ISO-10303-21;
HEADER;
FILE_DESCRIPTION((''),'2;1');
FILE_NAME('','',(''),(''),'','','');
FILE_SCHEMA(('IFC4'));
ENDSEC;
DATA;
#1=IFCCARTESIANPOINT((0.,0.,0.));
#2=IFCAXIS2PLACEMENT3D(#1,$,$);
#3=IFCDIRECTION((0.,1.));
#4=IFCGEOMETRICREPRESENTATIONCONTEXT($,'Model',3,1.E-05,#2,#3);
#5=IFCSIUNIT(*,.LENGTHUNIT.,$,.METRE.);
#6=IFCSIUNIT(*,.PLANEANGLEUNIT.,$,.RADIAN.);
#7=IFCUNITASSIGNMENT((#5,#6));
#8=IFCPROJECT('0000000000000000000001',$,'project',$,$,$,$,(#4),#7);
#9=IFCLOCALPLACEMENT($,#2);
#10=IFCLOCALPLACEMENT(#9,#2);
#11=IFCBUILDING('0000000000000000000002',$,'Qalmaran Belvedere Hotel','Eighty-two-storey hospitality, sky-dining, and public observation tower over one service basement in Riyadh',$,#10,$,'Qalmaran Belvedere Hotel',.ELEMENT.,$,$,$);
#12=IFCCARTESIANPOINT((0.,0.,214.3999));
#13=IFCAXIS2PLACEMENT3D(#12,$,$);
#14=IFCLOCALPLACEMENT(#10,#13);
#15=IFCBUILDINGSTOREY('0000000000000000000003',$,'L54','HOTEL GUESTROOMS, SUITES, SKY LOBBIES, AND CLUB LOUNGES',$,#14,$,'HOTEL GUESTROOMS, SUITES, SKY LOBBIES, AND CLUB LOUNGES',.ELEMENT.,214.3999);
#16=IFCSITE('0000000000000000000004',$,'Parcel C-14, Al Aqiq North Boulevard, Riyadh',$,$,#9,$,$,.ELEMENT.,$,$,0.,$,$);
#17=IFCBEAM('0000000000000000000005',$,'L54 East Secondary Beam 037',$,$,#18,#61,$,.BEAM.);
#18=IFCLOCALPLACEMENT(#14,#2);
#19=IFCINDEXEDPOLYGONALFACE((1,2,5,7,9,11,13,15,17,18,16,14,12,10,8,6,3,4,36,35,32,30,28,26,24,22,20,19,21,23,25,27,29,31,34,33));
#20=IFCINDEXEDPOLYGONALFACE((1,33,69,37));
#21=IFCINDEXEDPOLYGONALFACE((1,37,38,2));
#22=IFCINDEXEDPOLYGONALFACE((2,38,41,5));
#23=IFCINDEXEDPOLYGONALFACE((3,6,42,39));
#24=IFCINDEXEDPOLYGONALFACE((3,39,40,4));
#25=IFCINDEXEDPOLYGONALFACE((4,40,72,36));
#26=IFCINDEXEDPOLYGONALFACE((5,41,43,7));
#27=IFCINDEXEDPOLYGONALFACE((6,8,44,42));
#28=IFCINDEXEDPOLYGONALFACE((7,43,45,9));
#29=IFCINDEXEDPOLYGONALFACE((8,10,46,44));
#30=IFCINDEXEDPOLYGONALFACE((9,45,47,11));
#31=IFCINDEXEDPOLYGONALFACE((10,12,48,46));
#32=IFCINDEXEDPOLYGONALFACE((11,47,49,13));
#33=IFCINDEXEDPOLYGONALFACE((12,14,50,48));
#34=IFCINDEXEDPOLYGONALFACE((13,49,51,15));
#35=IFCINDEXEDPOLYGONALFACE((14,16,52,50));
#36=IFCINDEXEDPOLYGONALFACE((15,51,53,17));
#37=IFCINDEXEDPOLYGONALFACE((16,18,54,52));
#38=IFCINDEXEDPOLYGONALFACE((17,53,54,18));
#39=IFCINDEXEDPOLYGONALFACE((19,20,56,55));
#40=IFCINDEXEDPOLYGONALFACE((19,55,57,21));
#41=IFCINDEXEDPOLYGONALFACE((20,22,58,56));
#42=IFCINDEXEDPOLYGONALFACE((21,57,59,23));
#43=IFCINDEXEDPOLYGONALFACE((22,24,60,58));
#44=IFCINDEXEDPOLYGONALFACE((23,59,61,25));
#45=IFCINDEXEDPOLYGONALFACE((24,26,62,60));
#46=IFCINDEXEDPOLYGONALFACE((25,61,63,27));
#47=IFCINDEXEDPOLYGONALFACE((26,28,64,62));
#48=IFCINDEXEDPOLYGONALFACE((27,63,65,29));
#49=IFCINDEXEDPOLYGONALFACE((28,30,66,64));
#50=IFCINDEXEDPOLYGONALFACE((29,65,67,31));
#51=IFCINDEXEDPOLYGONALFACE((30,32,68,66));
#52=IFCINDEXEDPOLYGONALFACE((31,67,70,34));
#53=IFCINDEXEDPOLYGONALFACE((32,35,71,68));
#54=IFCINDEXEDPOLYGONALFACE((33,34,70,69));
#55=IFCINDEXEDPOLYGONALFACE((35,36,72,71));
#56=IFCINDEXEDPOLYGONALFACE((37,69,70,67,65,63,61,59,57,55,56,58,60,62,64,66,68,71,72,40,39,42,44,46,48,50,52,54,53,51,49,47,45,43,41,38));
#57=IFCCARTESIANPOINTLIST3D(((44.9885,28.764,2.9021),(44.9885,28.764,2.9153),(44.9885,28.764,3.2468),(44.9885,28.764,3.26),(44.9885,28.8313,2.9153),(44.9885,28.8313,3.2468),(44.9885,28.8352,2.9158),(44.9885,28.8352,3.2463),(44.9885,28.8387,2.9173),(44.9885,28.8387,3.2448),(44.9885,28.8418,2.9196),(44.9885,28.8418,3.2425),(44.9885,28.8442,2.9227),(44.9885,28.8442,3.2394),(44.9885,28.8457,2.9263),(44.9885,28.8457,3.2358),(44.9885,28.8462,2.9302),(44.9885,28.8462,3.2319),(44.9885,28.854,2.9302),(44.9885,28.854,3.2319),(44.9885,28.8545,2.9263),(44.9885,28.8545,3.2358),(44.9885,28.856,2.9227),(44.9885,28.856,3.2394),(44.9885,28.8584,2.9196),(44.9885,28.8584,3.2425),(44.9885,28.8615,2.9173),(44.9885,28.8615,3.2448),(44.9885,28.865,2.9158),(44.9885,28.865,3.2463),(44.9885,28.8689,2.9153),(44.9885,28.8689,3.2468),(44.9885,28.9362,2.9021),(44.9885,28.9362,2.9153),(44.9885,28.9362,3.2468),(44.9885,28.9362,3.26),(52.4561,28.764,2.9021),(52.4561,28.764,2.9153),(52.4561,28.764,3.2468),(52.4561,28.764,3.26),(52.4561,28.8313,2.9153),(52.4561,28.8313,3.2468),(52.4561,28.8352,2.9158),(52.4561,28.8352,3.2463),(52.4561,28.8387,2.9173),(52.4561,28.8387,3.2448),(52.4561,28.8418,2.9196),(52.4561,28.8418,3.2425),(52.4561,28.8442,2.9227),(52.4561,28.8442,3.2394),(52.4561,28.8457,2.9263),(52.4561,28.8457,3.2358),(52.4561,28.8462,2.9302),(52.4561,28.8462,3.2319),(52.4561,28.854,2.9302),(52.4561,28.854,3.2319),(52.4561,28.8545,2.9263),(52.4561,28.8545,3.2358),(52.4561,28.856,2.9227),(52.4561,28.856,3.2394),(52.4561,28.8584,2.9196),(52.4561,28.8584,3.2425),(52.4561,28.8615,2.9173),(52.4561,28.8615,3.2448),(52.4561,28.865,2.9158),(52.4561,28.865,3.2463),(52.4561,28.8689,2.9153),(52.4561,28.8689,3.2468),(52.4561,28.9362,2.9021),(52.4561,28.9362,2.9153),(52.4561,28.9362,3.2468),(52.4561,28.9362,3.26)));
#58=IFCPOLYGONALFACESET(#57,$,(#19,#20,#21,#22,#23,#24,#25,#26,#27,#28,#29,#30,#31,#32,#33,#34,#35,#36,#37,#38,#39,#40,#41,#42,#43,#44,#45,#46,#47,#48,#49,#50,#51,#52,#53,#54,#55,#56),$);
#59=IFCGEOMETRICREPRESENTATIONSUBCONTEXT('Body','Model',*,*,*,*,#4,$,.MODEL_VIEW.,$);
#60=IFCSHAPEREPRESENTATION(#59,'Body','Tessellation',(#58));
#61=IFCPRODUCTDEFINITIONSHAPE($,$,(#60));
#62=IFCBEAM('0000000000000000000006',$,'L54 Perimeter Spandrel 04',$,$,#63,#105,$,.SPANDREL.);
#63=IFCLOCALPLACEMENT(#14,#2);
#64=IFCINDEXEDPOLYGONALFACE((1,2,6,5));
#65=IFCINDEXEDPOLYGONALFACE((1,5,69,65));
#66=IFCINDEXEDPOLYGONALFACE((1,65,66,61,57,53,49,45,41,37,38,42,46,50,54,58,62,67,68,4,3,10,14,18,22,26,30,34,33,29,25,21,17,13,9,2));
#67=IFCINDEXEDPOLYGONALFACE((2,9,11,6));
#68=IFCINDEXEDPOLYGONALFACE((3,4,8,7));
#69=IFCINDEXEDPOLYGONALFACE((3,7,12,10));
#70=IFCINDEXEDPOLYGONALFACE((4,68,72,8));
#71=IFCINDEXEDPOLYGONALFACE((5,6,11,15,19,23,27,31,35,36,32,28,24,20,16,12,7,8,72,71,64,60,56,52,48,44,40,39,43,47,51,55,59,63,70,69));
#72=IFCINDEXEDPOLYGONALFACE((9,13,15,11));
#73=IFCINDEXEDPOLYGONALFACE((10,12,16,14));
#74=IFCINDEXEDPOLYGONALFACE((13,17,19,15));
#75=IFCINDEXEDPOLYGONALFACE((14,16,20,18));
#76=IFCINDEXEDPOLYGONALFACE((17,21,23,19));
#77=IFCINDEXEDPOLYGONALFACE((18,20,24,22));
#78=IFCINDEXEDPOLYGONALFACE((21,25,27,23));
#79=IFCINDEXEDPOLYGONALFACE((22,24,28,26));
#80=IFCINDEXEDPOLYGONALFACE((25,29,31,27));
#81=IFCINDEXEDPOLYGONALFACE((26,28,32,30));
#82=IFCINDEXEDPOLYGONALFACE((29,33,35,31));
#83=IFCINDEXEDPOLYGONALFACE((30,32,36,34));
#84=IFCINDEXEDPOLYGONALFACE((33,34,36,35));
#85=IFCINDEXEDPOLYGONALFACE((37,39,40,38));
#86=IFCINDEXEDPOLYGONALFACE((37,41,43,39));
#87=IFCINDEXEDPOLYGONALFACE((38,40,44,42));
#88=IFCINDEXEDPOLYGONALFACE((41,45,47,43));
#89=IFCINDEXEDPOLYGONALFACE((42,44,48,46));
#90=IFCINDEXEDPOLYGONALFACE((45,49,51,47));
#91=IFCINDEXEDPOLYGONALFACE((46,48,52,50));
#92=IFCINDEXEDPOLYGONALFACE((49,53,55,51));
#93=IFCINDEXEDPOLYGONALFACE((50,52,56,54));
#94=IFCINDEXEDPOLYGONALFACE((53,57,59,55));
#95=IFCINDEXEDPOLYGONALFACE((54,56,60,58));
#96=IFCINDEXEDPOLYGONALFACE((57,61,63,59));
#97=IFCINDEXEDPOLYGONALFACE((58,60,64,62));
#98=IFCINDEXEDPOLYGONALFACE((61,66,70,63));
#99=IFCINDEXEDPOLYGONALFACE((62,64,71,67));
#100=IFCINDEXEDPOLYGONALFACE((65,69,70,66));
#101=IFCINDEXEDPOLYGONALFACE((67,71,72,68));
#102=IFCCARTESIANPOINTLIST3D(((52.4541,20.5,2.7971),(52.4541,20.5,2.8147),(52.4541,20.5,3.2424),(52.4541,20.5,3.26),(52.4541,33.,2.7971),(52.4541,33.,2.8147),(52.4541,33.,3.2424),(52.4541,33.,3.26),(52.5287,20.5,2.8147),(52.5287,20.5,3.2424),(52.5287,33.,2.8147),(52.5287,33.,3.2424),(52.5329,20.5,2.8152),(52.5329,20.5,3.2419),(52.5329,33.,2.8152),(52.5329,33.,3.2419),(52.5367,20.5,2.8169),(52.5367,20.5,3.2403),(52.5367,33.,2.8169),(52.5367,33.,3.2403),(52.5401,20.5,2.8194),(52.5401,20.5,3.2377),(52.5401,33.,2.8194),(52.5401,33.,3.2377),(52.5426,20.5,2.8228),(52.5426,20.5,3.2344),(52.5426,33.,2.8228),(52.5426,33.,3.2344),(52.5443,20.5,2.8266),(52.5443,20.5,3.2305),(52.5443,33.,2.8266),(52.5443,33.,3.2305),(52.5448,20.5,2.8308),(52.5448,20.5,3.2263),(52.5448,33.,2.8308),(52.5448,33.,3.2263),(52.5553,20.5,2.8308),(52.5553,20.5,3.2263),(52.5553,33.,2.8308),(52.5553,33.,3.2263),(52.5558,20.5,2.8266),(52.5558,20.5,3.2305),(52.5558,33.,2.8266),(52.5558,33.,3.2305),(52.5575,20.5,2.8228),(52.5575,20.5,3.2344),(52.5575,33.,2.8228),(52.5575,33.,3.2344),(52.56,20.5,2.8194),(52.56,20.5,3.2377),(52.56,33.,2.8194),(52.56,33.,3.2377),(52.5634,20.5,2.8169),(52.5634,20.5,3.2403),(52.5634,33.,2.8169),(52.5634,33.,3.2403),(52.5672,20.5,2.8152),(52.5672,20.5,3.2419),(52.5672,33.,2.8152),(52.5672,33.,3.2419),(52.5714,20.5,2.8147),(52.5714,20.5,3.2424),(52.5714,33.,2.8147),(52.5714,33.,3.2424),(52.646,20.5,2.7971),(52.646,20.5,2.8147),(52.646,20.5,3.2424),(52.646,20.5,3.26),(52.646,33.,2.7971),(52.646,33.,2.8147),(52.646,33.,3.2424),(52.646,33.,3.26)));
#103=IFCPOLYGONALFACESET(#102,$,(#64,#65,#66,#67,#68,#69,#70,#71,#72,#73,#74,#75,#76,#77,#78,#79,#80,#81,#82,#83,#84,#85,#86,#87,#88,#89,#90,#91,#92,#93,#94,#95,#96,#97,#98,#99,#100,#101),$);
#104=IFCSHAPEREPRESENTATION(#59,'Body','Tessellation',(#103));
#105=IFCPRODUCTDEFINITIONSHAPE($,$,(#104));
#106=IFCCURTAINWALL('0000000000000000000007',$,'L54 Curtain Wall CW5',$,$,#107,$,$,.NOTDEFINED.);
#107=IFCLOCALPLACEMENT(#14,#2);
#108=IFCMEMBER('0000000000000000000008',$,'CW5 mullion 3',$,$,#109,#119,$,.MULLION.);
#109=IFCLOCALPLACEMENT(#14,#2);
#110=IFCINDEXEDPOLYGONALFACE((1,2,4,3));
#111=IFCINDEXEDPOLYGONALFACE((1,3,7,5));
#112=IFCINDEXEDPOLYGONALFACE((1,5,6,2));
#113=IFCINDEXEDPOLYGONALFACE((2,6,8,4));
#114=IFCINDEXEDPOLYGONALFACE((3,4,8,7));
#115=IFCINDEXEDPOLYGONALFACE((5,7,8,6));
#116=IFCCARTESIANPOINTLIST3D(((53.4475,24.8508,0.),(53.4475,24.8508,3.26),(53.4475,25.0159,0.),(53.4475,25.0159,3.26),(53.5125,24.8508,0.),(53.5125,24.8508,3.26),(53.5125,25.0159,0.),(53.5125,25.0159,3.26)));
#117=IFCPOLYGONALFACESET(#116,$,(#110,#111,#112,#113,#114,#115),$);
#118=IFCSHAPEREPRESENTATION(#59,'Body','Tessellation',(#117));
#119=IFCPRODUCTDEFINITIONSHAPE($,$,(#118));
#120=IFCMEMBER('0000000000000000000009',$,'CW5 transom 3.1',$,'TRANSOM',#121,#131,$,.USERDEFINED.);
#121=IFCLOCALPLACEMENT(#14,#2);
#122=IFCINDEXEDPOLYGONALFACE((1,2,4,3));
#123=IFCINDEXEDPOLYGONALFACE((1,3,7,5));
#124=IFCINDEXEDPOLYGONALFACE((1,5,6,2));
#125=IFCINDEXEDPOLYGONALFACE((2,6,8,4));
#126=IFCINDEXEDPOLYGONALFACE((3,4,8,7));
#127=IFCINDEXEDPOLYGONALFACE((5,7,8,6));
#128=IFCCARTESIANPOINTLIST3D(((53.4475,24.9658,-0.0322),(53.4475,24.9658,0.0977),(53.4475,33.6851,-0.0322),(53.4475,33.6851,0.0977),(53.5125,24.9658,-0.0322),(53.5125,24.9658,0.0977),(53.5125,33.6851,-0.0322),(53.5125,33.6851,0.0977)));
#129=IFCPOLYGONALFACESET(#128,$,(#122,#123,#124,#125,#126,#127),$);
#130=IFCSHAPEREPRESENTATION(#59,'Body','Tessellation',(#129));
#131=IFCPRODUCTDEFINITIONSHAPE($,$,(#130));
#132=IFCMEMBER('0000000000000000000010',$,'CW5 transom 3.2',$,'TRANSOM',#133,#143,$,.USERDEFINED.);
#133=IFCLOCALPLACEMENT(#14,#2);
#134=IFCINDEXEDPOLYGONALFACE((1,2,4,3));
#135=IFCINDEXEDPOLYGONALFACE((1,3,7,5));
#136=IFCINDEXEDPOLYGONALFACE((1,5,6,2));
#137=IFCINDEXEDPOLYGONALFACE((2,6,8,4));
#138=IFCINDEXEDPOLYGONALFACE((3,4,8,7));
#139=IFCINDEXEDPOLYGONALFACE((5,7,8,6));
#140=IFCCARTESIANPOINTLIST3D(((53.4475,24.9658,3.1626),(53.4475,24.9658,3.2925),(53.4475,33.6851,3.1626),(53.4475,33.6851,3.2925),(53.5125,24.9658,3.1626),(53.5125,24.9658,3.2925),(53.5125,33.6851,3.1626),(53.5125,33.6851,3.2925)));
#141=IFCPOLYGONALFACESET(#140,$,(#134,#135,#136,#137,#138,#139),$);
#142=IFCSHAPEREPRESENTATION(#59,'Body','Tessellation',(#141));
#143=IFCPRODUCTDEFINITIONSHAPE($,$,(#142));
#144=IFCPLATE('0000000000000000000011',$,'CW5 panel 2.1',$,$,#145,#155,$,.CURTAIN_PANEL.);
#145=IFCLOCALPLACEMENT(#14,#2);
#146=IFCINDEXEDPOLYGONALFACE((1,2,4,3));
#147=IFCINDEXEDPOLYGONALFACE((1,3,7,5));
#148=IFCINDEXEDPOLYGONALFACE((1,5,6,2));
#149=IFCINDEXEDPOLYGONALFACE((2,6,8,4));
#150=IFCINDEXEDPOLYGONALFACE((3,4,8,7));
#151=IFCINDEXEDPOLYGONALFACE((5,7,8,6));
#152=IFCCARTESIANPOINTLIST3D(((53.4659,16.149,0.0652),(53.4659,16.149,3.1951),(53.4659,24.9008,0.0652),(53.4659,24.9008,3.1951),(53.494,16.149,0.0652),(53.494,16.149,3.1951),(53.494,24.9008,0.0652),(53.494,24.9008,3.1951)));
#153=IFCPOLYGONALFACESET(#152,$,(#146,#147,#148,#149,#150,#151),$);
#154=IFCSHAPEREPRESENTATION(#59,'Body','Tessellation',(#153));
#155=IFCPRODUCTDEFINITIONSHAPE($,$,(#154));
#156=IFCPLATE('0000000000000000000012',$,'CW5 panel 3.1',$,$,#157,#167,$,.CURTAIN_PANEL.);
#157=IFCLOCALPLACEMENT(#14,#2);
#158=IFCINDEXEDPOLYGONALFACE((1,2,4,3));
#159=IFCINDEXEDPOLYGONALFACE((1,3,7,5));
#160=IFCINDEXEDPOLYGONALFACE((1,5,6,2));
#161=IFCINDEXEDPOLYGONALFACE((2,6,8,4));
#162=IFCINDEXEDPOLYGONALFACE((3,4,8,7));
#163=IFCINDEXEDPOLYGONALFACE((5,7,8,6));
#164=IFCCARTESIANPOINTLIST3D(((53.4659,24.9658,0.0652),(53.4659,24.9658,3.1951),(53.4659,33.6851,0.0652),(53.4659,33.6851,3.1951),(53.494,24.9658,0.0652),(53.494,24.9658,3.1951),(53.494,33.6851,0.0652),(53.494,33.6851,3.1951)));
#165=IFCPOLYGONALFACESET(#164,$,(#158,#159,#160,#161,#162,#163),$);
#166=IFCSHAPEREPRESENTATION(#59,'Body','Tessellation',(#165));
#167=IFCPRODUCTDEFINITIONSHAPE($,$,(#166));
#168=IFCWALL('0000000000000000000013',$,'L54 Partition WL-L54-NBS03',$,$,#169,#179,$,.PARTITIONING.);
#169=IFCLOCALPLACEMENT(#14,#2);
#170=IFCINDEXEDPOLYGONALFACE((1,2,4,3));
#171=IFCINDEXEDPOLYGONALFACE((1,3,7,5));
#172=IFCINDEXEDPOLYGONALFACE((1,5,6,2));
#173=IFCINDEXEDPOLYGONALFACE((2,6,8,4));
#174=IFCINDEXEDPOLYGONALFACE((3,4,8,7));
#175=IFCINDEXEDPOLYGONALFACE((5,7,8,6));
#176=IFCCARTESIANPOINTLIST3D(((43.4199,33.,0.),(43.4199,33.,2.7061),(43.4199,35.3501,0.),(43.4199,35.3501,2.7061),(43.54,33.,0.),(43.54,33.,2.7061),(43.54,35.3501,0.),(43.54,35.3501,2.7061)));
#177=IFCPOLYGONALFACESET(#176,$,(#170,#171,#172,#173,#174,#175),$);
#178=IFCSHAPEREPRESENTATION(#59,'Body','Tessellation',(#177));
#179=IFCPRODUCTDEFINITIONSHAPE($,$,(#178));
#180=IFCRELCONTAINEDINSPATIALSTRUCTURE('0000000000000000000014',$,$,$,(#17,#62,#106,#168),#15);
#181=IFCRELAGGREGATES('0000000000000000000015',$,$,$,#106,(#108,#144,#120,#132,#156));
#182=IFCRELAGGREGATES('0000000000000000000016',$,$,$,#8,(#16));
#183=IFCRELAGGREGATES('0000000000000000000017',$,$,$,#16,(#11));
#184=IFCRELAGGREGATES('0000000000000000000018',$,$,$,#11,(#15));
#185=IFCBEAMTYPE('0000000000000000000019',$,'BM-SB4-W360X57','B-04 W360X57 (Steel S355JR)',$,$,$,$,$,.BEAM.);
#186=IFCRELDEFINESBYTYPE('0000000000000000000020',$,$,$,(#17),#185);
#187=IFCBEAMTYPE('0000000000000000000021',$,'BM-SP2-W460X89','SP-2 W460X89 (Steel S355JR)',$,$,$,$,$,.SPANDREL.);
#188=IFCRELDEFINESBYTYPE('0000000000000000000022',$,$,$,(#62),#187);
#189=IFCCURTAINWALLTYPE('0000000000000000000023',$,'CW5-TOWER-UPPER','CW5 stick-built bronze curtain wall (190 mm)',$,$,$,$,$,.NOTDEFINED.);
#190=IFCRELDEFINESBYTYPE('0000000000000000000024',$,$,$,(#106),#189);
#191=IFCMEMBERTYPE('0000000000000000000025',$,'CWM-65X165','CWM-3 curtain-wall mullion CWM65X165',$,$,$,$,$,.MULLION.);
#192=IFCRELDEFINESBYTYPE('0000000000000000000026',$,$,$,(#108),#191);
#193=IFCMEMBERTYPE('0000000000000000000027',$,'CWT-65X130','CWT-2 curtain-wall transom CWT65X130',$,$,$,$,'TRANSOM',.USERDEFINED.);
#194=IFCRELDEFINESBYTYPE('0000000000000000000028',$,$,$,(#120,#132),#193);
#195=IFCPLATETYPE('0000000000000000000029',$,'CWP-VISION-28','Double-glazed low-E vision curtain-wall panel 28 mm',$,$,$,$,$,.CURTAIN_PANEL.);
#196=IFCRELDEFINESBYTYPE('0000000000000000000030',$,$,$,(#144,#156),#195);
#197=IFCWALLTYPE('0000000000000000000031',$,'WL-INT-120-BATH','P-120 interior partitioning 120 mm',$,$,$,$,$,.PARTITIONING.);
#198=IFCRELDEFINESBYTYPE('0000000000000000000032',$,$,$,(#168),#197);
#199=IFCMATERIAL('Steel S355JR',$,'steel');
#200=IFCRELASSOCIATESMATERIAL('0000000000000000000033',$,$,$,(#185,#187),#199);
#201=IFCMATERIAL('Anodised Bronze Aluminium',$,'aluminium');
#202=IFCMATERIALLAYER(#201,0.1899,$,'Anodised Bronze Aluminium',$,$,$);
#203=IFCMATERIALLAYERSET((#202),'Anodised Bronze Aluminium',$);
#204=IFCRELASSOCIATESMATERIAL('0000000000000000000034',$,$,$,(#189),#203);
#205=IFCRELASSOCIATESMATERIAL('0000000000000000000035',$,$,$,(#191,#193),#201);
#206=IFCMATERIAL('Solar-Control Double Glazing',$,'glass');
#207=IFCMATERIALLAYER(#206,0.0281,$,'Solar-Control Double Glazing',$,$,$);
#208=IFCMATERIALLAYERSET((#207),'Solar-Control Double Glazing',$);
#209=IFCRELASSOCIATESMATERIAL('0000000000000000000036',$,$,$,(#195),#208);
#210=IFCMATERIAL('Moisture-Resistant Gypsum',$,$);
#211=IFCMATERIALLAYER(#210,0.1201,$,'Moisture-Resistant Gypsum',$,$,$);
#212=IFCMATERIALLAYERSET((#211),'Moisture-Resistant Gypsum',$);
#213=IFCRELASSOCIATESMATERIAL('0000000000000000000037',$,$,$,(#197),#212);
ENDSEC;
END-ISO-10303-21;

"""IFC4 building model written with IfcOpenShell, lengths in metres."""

from ifc_helpers import new_model, si_unit, direction, frame, frame_2d, origin, origin_2d, place, context, subcontext, project, spatial, rectangle, i_section, extrude, material, layer, layer_set, material_profile, profile_set, type_object, element, aggregate, save


model = new_model("IFC4")

# Units and contexts
model_context = context("Model", 3, precision=1e-05, world=origin(), true_north=direction((0.0, 1.0)))
body_context = subcontext(model_context, "Body", "Model", "MODEL_VIEW")
ifc_project = project(units=[si_unit("LENGTHUNIT", "METRE"), si_unit("PLANEANGLEUNIT", "RADIAN")], contexts=[model_context])

# Site, building, storey
site_placement = place(None, origin())
site = spatial("IfcSite", under=ifc_project, at=site_placement, Name="Parcel C-14, Al Aqiq North Boulevard, Riyadh", CompositionType="ELEMENT", RefElevation=0.0)
building_placement = place(site_placement, origin())
building = spatial("IfcBuilding", under=site, at=building_placement, Name="Qalmaran Belvedere Hotel", Description="Eighty-two-storey hospitality, sky-dining, and public observation tower over one service basement in Riyadh", LongName="Qalmaran Belvedere Hotel", CompositionType="ELEMENT")
storey_placement = place(building_placement, frame((0.0, 0.0, 214.3999)))
storey = spatial("IfcBuildingStorey", under=building, at=storey_placement, Name="L54", Description="HOTEL GUESTROOMS, SUITES, SKY LOBBIES, AND CLUB LOUNGES", LongName="HOTEL GUESTROOMS, SUITES, SKY LOBBIES, AND CLUB LOUNGES", CompositionType="ELEMENT", Elevation=214.3999)

# Beams
ifc_material_1 = material(Name="Steel S355JR", Category="steel")
ifc_material_profile_1 = material_profile(ifc_material_1, i_section(OverallWidth=0.1721, OverallDepth=0.3579, WebThickness=0.0078, FlangeThickness=0.0132, FilletRadius=0.0149, at=origin_2d()), Name="W360X57")
ifc_profile_set_1 = profile_set([ifc_material_profile_1], Name="Steel S355JR")
beam_type_1 = type_object("IfcBeamType", Name="BM-SB4-W360X57", Description="B-04 W360X57 (Steel S355JR)", PredefinedType="BEAM", material=ifc_profile_set_1)
for number, where, z_axis, x_axis, name in (
    (1, (44.9885, 28.8501, 3.0811), (1.0, 0.0, 0.0), (0.0, 1.0, 0.0), "L54 East Secondary Beam 037"),
):
    element("IfcBeam", number, at=place(storey_placement, frame(where, z_axis=z_axis, x_axis=x_axis)), inside=storey, type_object=beam_type_1, Name=name, PredefinedType="BEAM", context=body_context, shape_type="SweptSolid", body=[
        extrude(i_section(OverallWidth=0.1721, OverallDepth=0.3579, WebThickness=0.0078, FlangeThickness=0.0132, FilletRadius=0.0149, at=origin_2d()), origin(), (0.0, 0.0, 1.0), 7.4675),
    ])
ifc_material_profile_2 = material_profile(ifc_material_1, i_section(OverallWidth=0.1919, OverallDepth=0.4629, WebThickness=0.0105, FlangeThickness=0.0176, FilletRadius=0.0161, at=origin_2d()), Name="W460X89")
ifc_profile_set_2 = profile_set([ifc_material_profile_2], Name="Steel S355JR")
beam_type_2 = type_object("IfcBeamType", Name="BM-SP2-W460X89", Description="SP-2 W460X89 (Steel S355JR)", PredefinedType="SPANDREL", material=ifc_profile_set_2)
beam_1_placement = place(storey_placement, frame((52.55, 20.5, 3.0286), z_axis=(0.0, 1.0, 0.0), x_axis=(-1.0, 0.0, 0.0)))
element("IfcBeam", 2, at=beam_1_placement, inside=storey, type_object=beam_type_2, Name="L54 Perimeter Spandrel 04", PredefinedType="SPANDREL", context=body_context, shape_type="SweptSolid", body=[
    extrude(i_section(OverallWidth=0.1919, OverallDepth=0.4629, WebThickness=0.0105, FlangeThickness=0.0176, FilletRadius=0.0161, at=origin_2d()), origin(), (0.0, 0.0, 1.0), 12.5),
])

# Curtain wall, members, plates
ifc_material_2 = material(Name="Anodised Bronze Aluminium", Category="aluminium")
ifc_layer_1 = layer(ifc_material_2, 0.1899, Name="Anodised Bronze Aluminium")
ifc_layer_set_1 = layer_set([ifc_layer_1], Name="Anodised Bronze Aluminium")
curtain_wall_type = type_object("IfcCurtainWallType", Name="CW5-TOWER-UPPER", Description="CW5 stick-built bronze curtain wall (190 mm)", PredefinedType="NOTDEFINED", material=ifc_layer_set_1)
curtain_wall_placement = place(storey_placement, origin())
curtain_wall = element("IfcCurtainWall", 3, at=curtain_wall_placement, inside=storey, type_object=curtain_wall_type, Name="L54 Curtain Wall CW5", PredefinedType="NOTDEFINED")
ifc_material_profile_3 = material_profile(ifc_material_2, rectangle(XDim=0.0649, YDim=0.165, at=origin_2d()), Name="CWM65X165")
ifc_profile_set_3 = profile_set([ifc_material_profile_3], Name="Anodised Bronze Aluminium")
member_type_1 = type_object("IfcMemberType", Name="CWM-65X165", Description="CWM-3 curtain-wall mullion CWM65X165", PredefinedType="MULLION", material=ifc_profile_set_3)
member_1_placement = place(storey_placement, frame((53.48, 24.9333, 0.0), z_axis=(0.0, 0.0, 1.0), x_axis=(-1.0, 0.0, 0.0)))
member_1 = element("IfcMember", 4, at=member_1_placement, type_object=member_type_1, Name="CW5 mullion 3", PredefinedType="MULLION", context=body_context, shape_type="SweptSolid", body=[
    extrude(rectangle(XDim=0.0649, YDim=0.165, at=origin_2d()), origin(), (0.0, 0.0, 1.0), 3.26),
])
ifc_material_profile_4 = material_profile(ifc_material_2, rectangle(XDim=0.0649, YDim=0.1299, at=origin_2d()), Name="CWT65X130")
ifc_profile_set_4 = profile_set([ifc_material_profile_4], Name="Anodised Bronze Aluminium")
member_type_2 = type_object("IfcMemberType", Name="CWT-65X130", Description="CWT-2 curtain-wall transom CWT65X130", ElementType="TRANSOM", PredefinedType="USERDEFINED", material=ifc_profile_set_4)
member_2_placement = place(storey_placement, frame((53.48, 24.9658, 0.0327), z_axis=(0.0, 1.0, 0.0), x_axis=(-1.0, 0.0, 0.0)))
member_2 = element("IfcMember", 5, at=member_2_placement, type_object=member_type_2, Name="CW5 transom 3.1", ObjectType="TRANSOM", PredefinedType="USERDEFINED", context=body_context, shape_type="SweptSolid", body=[
    extrude(rectangle(XDim=0.0649, YDim=0.1299, at=origin_2d()), origin(), (0.0, 0.0, 1.0), 8.7192),
])
member_3_placement = place(storey_placement, frame((53.48, 24.9658, 3.2275), z_axis=(0.0, 1.0, 0.0), x_axis=(-1.0, 0.0, 0.0)))
member_3 = element("IfcMember", 6, at=member_3_placement, type_object=member_type_2, Name="CW5 transom 3.2", ObjectType="TRANSOM", PredefinedType="USERDEFINED", context=body_context, shape_type="SweptSolid", body=[
    extrude(rectangle(XDim=0.0649, YDim=0.1299, at=origin_2d()), origin(), (0.0, 0.0, 1.0), 8.7192),
])
ifc_material_3 = material(Name="Solar-Control Double Glazing", Category="glass")
ifc_layer_2 = layer(ifc_material_3, 0.0281, Name="Solar-Control Double Glazing")
ifc_layer_set_2 = layer_set([ifc_layer_2], Name="Solar-Control Double Glazing")
plate_type = type_object("IfcPlateType", Name="CWP-VISION-28", Description="Double-glazed low-E vision curtain-wall panel 28 mm", PredefinedType="CURTAIN_PANEL", material=ifc_layer_set_2)
plate_1_placement = place(storey_placement, frame((53.48, 20.5249, 0.0652), z_axis=(0.0, 0.0, 1.0), x_axis=(0.0, 1.0, 0.0)))
plate_1 = element("IfcPlate", 7, at=plate_1_placement, type_object=plate_type, Name="CW5 panel 2.1", PredefinedType="CURTAIN_PANEL", context=body_context, shape_type="SweptSolid", body=[
    extrude(rectangle(XDim=8.7517, YDim=0.0281, at=origin_2d()), origin(), (0.0, 0.0, 1.0), 3.1299),
])
plate_2_placement = place(storey_placement, frame((53.48, 29.3254, 0.0652), z_axis=(0.0, 0.0, 1.0), x_axis=(0.0, 1.0, 0.0)))
plate_2 = element("IfcPlate", 8, at=plate_2_placement, type_object=plate_type, Name="CW5 panel 3.1", PredefinedType="CURTAIN_PANEL", context=body_context, shape_type="SweptSolid", body=[
    extrude(rectangle(XDim=8.7192, YDim=0.0281, at=origin_2d()), origin(), (0.0, 0.0, 1.0), 3.1299),
])
aggregate(curtain_wall, [member_1, plate_1, member_2, member_3, plate_2])

# Wall
ifc_material_4 = material(Name="Moisture-Resistant Gypsum")
ifc_layer_3 = layer(ifc_material_4, 0.1201, Name="Moisture-Resistant Gypsum")
ifc_layer_set_3 = layer_set([ifc_layer_3], Name="Moisture-Resistant Gypsum")
wall_type_1 = type_object("IfcWallType", Name="WL-INT-120-BATH", Description="P-120 interior partitioning 120 mm", PredefinedType="PARTITIONING", material=ifc_layer_set_3)
wall_1_placement = place(storey_placement, frame((43.48, 33.0, 0.0), z_axis=(0.0, 0.0, 1.0), x_axis=(0.0, 1.0, 0.0)))
element("IfcWall", 9, at=wall_1_placement, inside=storey, type_object=wall_type_1, Name="L54 Partition WL-L54-NBS03", PredefinedType="PARTITIONING", context=body_context, shape_type="SweptSolid", body=[
    extrude(rectangle(XDim=2.3501, YDim=0.1201, at=frame_2d((1.175, 0.0))), origin(), (0.0, 0.0, 1.0), 2.7061),
])

save(model, "model.ifc")
